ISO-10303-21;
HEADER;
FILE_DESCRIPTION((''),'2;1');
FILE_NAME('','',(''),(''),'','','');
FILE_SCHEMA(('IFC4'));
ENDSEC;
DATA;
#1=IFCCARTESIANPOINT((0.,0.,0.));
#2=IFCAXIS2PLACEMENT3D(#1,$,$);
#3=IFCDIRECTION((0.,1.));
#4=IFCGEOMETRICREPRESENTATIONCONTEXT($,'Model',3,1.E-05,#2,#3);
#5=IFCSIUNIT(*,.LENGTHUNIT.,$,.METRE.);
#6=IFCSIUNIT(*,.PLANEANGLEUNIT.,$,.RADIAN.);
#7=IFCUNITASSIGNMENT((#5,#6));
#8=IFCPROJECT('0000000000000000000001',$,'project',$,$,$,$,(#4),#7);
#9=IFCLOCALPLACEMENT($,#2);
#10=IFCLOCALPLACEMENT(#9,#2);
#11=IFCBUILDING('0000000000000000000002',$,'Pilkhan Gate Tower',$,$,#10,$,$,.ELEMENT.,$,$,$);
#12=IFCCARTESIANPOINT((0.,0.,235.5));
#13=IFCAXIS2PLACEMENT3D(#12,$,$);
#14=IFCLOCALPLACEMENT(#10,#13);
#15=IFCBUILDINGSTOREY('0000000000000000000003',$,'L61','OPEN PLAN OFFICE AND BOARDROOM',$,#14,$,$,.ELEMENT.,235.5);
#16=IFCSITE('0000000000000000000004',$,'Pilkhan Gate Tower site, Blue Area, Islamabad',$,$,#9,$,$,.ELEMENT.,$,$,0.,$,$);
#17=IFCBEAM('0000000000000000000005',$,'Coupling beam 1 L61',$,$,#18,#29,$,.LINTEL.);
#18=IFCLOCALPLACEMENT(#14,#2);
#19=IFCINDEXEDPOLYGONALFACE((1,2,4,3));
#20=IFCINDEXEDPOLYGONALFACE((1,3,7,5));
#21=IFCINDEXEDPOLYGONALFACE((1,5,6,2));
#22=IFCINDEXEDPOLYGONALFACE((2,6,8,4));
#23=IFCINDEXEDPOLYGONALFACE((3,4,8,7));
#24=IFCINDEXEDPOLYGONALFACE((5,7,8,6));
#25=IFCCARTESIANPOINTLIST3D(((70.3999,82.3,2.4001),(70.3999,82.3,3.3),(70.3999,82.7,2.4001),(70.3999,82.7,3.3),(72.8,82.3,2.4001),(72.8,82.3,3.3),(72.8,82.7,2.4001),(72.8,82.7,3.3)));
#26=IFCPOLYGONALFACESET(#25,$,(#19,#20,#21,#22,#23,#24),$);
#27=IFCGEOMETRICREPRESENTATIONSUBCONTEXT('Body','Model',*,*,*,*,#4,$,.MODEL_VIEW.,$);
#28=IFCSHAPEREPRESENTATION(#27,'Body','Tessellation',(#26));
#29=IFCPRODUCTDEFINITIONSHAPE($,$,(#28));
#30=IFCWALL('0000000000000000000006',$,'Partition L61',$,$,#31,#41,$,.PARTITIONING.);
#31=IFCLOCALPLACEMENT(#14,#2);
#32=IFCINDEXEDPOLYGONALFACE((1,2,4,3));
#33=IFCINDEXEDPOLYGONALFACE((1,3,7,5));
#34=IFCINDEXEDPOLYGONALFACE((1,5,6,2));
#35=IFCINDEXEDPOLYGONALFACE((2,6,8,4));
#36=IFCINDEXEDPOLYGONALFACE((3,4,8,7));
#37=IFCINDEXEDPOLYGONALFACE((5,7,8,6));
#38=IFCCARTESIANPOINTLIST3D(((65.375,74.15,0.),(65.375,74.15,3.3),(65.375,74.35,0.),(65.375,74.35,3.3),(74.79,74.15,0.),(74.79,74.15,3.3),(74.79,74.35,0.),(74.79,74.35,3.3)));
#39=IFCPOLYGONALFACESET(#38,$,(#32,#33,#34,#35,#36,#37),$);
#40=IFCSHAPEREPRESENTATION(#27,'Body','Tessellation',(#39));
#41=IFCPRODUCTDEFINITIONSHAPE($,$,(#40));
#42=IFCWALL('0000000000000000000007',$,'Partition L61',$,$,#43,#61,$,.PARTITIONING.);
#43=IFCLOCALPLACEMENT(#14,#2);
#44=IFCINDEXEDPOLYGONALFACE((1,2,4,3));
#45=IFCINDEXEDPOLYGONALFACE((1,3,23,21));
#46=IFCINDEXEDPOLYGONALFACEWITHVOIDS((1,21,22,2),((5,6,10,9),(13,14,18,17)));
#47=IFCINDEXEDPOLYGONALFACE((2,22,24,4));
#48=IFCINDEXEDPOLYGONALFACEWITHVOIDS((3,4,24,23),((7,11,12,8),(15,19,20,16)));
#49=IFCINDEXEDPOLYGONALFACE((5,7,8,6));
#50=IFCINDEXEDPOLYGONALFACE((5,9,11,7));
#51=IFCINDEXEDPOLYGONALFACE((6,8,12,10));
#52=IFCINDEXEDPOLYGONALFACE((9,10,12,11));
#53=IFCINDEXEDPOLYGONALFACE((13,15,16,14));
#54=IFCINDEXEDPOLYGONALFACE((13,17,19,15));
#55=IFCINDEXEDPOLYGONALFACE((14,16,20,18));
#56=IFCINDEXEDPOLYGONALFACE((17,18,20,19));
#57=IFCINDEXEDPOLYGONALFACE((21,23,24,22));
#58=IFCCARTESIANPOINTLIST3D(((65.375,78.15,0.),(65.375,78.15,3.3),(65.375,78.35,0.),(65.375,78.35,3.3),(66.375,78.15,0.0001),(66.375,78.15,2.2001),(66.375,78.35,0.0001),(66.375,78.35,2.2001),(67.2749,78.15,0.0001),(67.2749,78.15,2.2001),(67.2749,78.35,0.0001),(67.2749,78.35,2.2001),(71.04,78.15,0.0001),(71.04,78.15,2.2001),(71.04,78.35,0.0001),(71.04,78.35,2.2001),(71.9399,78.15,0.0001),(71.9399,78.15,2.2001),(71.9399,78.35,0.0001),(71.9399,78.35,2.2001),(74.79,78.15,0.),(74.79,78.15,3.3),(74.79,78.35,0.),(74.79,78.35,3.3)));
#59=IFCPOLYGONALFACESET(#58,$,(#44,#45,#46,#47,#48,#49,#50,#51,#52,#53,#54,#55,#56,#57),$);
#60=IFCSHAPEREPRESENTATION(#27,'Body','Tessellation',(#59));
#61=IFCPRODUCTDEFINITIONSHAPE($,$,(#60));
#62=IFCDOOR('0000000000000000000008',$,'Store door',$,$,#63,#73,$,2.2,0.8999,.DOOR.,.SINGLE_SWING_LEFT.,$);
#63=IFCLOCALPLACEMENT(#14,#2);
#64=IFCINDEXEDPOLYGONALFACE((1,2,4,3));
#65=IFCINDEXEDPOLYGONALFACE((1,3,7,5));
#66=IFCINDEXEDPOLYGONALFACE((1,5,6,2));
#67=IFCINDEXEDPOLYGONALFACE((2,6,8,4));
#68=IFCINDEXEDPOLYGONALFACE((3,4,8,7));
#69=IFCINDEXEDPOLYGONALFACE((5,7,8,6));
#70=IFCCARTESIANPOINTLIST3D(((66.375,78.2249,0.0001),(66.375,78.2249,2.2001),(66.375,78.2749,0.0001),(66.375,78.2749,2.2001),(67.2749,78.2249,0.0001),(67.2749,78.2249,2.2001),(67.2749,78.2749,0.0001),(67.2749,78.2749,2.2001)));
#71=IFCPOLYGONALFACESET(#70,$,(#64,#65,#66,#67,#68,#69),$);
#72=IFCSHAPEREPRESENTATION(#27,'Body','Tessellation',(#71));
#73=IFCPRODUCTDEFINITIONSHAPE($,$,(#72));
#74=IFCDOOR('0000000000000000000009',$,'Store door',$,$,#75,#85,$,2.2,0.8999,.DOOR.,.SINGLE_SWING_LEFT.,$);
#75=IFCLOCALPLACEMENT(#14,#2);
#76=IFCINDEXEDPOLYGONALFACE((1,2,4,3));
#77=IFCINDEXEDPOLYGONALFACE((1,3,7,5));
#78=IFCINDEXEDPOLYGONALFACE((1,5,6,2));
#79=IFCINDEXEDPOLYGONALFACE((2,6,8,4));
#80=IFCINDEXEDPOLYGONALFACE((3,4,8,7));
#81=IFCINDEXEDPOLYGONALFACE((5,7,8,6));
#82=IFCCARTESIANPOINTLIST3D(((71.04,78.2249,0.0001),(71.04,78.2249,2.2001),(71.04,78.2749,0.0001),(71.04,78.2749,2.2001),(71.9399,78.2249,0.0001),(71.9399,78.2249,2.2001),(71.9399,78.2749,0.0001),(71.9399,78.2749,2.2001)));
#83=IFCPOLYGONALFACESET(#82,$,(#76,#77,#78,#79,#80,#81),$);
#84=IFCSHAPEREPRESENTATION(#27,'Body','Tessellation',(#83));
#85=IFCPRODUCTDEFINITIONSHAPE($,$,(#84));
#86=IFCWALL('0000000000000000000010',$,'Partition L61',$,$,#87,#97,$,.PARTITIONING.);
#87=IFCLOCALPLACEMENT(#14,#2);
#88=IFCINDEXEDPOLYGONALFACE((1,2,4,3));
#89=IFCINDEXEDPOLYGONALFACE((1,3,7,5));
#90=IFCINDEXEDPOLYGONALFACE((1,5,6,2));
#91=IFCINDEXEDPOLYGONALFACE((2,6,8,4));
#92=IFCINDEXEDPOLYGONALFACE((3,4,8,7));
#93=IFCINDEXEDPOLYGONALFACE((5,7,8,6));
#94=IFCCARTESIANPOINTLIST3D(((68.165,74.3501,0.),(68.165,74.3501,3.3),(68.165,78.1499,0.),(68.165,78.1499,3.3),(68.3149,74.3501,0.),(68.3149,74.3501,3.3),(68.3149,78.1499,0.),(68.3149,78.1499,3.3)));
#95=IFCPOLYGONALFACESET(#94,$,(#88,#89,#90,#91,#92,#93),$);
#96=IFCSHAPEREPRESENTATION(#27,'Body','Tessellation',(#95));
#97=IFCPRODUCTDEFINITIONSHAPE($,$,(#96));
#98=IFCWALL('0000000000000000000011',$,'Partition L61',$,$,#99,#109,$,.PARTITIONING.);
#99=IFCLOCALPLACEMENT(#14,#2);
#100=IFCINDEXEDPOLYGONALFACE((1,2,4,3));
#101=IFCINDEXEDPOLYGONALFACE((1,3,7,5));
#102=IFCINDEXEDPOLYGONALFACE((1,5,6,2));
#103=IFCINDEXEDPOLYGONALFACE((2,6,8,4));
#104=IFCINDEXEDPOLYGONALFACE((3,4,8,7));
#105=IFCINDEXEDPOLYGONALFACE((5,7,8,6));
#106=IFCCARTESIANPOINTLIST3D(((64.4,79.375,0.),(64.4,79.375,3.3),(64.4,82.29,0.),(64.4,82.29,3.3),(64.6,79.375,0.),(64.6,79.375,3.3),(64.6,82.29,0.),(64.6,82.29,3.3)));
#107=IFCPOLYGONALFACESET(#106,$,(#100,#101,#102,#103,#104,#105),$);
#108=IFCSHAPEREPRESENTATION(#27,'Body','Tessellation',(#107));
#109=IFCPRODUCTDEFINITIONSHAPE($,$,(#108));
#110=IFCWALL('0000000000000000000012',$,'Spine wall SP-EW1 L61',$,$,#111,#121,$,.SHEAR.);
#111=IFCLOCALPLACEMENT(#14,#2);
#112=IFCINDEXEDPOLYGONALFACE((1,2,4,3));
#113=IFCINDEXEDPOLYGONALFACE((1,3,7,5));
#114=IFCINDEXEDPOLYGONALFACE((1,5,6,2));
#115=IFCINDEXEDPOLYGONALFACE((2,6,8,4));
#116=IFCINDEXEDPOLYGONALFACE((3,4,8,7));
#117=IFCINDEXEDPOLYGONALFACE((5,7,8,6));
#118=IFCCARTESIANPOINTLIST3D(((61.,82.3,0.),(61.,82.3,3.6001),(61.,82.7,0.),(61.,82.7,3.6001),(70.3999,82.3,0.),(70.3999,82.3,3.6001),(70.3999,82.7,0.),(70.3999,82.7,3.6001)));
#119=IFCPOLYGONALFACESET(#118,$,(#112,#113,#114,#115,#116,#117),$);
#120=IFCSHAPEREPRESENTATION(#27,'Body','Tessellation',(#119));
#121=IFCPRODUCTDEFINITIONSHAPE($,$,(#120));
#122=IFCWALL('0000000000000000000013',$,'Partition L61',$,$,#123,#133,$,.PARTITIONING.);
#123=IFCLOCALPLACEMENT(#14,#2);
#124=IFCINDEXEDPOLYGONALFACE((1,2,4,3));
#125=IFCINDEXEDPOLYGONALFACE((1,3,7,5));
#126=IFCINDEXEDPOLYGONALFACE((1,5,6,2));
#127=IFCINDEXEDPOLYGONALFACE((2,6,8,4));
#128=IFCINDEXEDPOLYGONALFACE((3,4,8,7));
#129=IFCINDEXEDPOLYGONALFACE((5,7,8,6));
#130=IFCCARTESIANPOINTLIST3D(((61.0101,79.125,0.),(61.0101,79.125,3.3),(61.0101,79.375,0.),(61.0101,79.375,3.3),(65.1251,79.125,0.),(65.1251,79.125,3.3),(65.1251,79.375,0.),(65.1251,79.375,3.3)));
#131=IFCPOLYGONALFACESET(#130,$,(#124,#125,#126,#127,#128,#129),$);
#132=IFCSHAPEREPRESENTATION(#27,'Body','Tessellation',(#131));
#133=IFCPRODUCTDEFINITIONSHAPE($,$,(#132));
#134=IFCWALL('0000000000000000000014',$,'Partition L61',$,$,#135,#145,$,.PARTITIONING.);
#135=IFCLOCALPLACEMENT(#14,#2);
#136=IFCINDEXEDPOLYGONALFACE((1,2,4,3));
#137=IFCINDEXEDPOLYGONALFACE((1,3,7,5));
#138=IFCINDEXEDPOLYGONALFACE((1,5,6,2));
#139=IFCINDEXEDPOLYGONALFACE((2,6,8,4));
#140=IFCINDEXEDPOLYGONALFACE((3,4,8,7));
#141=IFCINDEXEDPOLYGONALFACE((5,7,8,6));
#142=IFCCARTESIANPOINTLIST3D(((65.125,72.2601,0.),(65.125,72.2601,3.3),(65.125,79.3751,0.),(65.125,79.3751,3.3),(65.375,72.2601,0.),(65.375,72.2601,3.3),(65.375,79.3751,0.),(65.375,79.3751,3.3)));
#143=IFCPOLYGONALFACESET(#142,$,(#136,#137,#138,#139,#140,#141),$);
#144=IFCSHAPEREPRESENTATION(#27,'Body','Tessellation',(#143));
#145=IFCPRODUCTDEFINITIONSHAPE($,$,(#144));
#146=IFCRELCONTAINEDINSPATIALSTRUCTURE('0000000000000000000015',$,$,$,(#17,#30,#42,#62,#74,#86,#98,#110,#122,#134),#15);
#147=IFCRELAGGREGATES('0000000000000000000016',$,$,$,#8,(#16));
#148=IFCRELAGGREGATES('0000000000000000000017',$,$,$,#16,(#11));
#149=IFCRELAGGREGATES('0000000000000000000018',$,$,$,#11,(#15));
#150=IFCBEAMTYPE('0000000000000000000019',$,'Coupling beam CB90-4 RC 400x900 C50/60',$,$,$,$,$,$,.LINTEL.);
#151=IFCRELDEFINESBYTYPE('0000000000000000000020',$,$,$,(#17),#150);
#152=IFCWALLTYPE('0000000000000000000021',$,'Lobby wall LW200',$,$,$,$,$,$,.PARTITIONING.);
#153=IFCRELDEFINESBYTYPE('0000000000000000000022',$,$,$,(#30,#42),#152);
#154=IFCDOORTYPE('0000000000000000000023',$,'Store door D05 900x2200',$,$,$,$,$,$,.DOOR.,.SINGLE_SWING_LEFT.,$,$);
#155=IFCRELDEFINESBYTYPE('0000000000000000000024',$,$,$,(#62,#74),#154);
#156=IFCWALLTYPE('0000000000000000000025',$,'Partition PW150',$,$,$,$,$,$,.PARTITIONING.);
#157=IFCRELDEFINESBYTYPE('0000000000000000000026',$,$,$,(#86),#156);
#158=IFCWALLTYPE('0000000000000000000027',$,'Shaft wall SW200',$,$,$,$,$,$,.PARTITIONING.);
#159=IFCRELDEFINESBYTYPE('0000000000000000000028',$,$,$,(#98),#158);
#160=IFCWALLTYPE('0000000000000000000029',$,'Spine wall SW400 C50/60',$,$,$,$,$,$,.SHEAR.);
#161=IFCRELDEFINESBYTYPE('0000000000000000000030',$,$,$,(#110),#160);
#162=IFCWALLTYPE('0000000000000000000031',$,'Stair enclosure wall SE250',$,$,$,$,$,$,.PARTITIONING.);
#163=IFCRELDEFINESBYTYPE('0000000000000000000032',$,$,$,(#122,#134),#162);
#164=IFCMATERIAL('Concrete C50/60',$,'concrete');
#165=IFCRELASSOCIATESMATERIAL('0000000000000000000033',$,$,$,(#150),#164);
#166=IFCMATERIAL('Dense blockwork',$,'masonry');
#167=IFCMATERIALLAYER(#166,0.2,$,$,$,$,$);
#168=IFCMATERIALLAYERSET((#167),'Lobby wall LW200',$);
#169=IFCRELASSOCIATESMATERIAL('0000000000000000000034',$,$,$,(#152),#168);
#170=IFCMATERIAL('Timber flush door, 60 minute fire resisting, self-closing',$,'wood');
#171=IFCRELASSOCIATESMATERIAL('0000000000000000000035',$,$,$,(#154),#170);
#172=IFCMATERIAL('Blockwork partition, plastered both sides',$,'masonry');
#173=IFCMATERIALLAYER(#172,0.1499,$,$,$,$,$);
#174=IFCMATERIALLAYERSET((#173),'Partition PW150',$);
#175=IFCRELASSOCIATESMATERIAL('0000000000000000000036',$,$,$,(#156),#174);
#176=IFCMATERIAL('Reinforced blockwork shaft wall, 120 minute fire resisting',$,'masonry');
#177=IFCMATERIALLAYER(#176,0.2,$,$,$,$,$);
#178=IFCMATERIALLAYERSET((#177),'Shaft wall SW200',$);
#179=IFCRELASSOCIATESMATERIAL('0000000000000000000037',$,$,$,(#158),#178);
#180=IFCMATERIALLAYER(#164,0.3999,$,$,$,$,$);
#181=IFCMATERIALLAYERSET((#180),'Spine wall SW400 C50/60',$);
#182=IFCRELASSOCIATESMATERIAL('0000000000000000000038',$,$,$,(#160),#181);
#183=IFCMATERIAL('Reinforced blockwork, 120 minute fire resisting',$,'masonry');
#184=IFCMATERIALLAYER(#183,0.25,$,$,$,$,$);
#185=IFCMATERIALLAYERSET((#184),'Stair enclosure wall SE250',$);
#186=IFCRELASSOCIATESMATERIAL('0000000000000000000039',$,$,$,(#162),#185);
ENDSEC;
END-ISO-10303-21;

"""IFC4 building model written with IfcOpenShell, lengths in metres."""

from ifc_helpers import new_model, si_unit, direction, frame, frame_2d, origin, origin_2d, place, context, subcontext, project, spatial, rectangle, extrude, material, layer, layer_set, material_profile, profile_set, type_object, element, fill, save


model = new_model("IFC4")

# Units and contexts
model_context = context("Model", 3, precision=1e-05, world=origin(), true_north=direction((0.0, 1.0)))
body_context = subcontext(model_context, "Body", "Model", "MODEL_VIEW")
ifc_project = project(units=[si_unit("LENGTHUNIT", "METRE"), si_unit("PLANEANGLEUNIT", "RADIAN")], contexts=[model_context])

# Site, building, storey
site_placement = place(None, origin())
site = spatial("IfcSite", under=ifc_project, at=site_placement, Name="Pilkhan Gate Tower site, Blue Area, Islamabad", CompositionType="ELEMENT", RefElevation=0.0)
building_placement = place(site_placement, origin())
building = spatial("IfcBuilding", under=site, at=building_placement, Name="Pilkhan Gate Tower", CompositionType="ELEMENT")
storey_placement = place(building_placement, frame((0.0, 0.0, 235.5)))
storey = spatial("IfcBuildingStorey", under=building, at=storey_placement, Name="L61", Description="OPEN PLAN OFFICE AND BOARDROOM", CompositionType="ELEMENT", Elevation=235.5)

# Beam
ifc_material_1 = material(Name="Concrete C50/60", Category="concrete")
ifc_material_profile = material_profile(ifc_material_1, rectangle(XDim=0.3999, YDim=0.8999, at=origin_2d()), Name="RC 400x900")
ifc_profile_set = profile_set([ifc_material_profile], Name="Concrete C50/60")
beam_type = type_object("IfcBeamType", Name="Coupling beam CB90-4 RC 400x900 C50/60", PredefinedType="LINTEL", material=ifc_profile_set)
beam_placement = place(storey_placement, frame((70.3999, 82.5, 2.8501), z_axis=(1.0, 0.0, 0.0), x_axis=(0.0, 1.0, 0.0)))
element("IfcBeam", 1, at=beam_placement, inside=storey, type_object=beam_type, Name="Coupling beam 1 L61", PredefinedType="LINTEL", context=body_context, shape_type="SweptSolid", body=[
    extrude(rectangle(XDim=0.3999, YDim=0.8999, at=origin_2d()), origin(), (0.0, 0.0, 1.0), 2.4001),
])

# Wall
ifc_material_2 = material(Name="Dense blockwork", Category="masonry")
ifc_layer_1 = layer(ifc_material_2, 0.2)
ifc_layer_set_1 = layer_set([ifc_layer_1], Name="Lobby wall LW200")
wall_type_1 = type_object("IfcWallType", Name="Lobby wall LW200", PredefinedType="PARTITIONING", material=ifc_layer_set_1)
wall_1_placement = place(storey_placement, frame((65.375, 74.25, 0.0), z_axis=(0.0, 0.0, 1.0), x_axis=(1.0, 0.0, 0.0)))
element("IfcWall", 2, at=wall_1_placement, inside=storey, type_object=wall_type_1, Name="Partition L61", PredefinedType="PARTITIONING", context=body_context, shape_type="SweptSolid", body=[
    extrude(rectangle(XDim=9.415, YDim=0.2, at=frame_2d((4.7075, 0.0))), origin(), (0.0, 0.0, 1.0), 3.3),
])

# Wall, openings, doors
wall_2_placement = place(storey_placement, frame((65.375, 78.25, 0.0), z_axis=(0.0, 0.0, 1.0), x_axis=(1.0, 0.0, 0.0)))
wall_2 = element("IfcWall", 3, at=wall_2_placement, inside=storey, type_object=wall_type_1, Name="Partition L61", PredefinedType="PARTITIONING", context=body_context, shape_type="SweptSolid", body=[
    extrude(rectangle(XDim=9.415, YDim=0.2, at=frame_2d((4.7075, 0.0))), origin(), (0.0, 0.0, 1.0), 3.3),
])
opening_1_placement = place(wall_2_placement, frame((1.0, 0.0, 0.0)))
opening_1 = element("IfcOpeningElement", 4, at=opening_1_placement, cuts=wall_2, PredefinedType="OPENING", context=body_context, shape_type="SweptSolid", body=[
    extrude(rectangle(XDim=0.8999, YDim=2.2, at=frame_2d((0.45, 1.1001))), frame((0.0, 0.1099, 0.0), z_axis=(0.0, -1.0, 0.0), x_axis=(1.0, 0.0, 0.0)), (0.0, 0.0, 1.0), 0.22),
])
opening_2_placement = place(wall_2_placement, frame((5.665, 0.0, 0.0)))
opening_2 = element("IfcOpeningElement", 5, at=opening_2_placement, cuts=wall_2, PredefinedType="OPENING", context=body_context, shape_type="SweptSolid", body=[
    extrude(rectangle(XDim=0.8999, YDim=2.2, at=frame_2d((0.45, 1.1001))), frame((0.0, 0.1099, 0.0), z_axis=(0.0, -1.0, 0.0), x_axis=(1.0, 0.0, 0.0)), (0.0, 0.0, 1.0), 0.22),
])
ifc_material_3 = material(Name="Timber flush door, 60 minute fire resisting, self-closing", Category="wood")
door_type = type_object("IfcDoorType", Name="Store door D05 900x2200", OperationType="SINGLE_SWING_LEFT", PredefinedType="DOOR", material=ifc_material_3)
door_1_placement = place(opening_1_placement, origin())
door_1 = element("IfcDoor", 6, at=door_1_placement, inside=storey, type_object=door_type, Name="Store door", OperationType="SINGLE_SWING_LEFT", OverallHeight=2.2, OverallWidth=0.8999, PredefinedType="DOOR", context=body_context, shape_type="SweptSolid", body=[
    extrude(rectangle(XDim=0.8999, YDim=2.2, at=frame_2d((0.45, 1.1001))), frame((0.0, 0.0249, 0.0), z_axis=(0.0, -1.0, 0.0), x_axis=(1.0, 0.0, 0.0)), (0.0, 0.0, 1.0), 0.05),
])
fill(opening_1, door_1)
door_2_placement = place(opening_2_placement, origin())
door_2 = element("IfcDoor", 7, at=door_2_placement, inside=storey, type_object=door_type, Name="Store door", OperationType="SINGLE_SWING_LEFT", OverallHeight=2.2, OverallWidth=0.8999, PredefinedType="DOOR", context=body_context, shape_type="SweptSolid", body=[
    extrude(rectangle(XDim=0.8999, YDim=2.2, at=frame_2d((0.45, 1.1001))), frame((0.0, 0.0249, 0.0), z_axis=(0.0, -1.0, 0.0), x_axis=(1.0, 0.0, 0.0)), (0.0, 0.0, 1.0), 0.05),
])
fill(opening_2, door_2)

# Walls
ifc_material_4 = material(Name="Blockwork partition, plastered both sides", Category="masonry")
ifc_layer_2 = layer(ifc_material_4, 0.1499)
ifc_layer_set_2 = layer_set([ifc_layer_2], Name="Partition PW150")
wall_type_2 = type_object("IfcWallType", Name="Partition PW150", PredefinedType="PARTITIONING", material=ifc_layer_set_2)
wall_3_placement = place(storey_placement, frame((68.24, 74.3501, 0.0), z_axis=(0.0, 0.0, 1.0), x_axis=(0.0, 1.0, 0.0)))
element("IfcWall", 8, at=wall_3_placement, inside=storey, type_object=wall_type_2, Name="Partition L61", PredefinedType="PARTITIONING", context=body_context, shape_type="SweptSolid", body=[
    extrude(rectangle(XDim=3.7998, YDim=0.1499, at=frame_2d((1.8999, 0.0))), origin(), (0.0, 0.0, 1.0), 3.3),
])
ifc_material_5 = material(Name="Reinforced blockwork shaft wall, 120 minute fire resisting", Category="masonry")
ifc_layer_3 = layer(ifc_material_5, 0.2)
ifc_layer_set_3 = layer_set([ifc_layer_3], Name="Shaft wall SW200")
wall_type_3 = type_object("IfcWallType", Name="Shaft wall SW200", PredefinedType="PARTITIONING", material=ifc_layer_set_3)
wall_4_placement = place(storey_placement, frame((64.5, 79.375, 0.0), z_axis=(0.0, 0.0, 1.0), x_axis=(0.0, 1.0, 0.0)))
element("IfcWall", 9, at=wall_4_placement, inside=storey, type_object=wall_type_3, Name="Partition L61", PredefinedType="PARTITIONING", context=body_context, shape_type="SweptSolid", body=[
    extrude(rectangle(XDim=2.915, YDim=0.2, at=frame_2d((1.4575, 0.0))), origin(), (0.0, 0.0, 1.0), 3.3),
])
ifc_layer_4 = layer(ifc_material_1, 0.3999)
ifc_layer_set_4 = layer_set([ifc_layer_4], Name="Spine wall SW400 C50/60")
wall_type_4 = type_object("IfcWallType", Name="Spine wall SW400 C50/60", PredefinedType="SHEAR", material=ifc_layer_set_4)
wall_5_placement = place(storey_placement, frame((61.0, 82.5, 0.0), z_axis=(0.0, 0.0, 1.0), x_axis=(1.0, 0.0, 0.0)))
element("IfcWall", 10, at=wall_5_placement, inside=storey, type_object=wall_type_4, Name="Spine wall SP-EW1 L61", PredefinedType="SHEAR", context=body_context, shape_type="SweptSolid", body=[
    extrude(rectangle(XDim=9.3999, YDim=0.3999, at=frame_2d((4.7, 0.0))), origin(), (0.0, 0.0, 1.0), 3.6001),
])
ifc_material_6 = material(Name="Reinforced blockwork, 120 minute fire resisting", Category="masonry")
ifc_layer_5 = layer(ifc_material_6, 0.25)
ifc_layer_set_5 = layer_set([ifc_layer_5], Name="Stair enclosure wall SE250")
wall_type_5 = type_object("IfcWallType", Name="Stair enclosure wall SE250", PredefinedType="PARTITIONING", material=ifc_layer_set_5)
wall_6_placement = place(storey_placement, frame((61.01, 79.25, 0.0), z_axis=(0.0, 0.0, 1.0), x_axis=(1.0, 0.0, 0.0)))
element("IfcWall", 11, at=wall_6_placement, inside=storey, type_object=wall_type_5, Name="Partition L61", PredefinedType="PARTITIONING", context=body_context, shape_type="SweptSolid", body=[
    extrude(rectangle(XDim=4.115, YDim=0.25, at=frame_2d((2.0576, 0.0))), origin(), (0.0, 0.0, 1.0), 3.3),
])
wall_7_placement = place(storey_placement, frame((65.25, 72.26, 0.0), z_axis=(0.0, 0.0, 1.0), x_axis=(0.0, 1.0, 0.0)))
element("IfcWall", 12, at=wall_7_placement, inside=storey, type_object=wall_type_5, Name="Partition L61", PredefinedType="PARTITIONING", context=body_context, shape_type="SweptSolid", body=[
    extrude(rectangle(XDim=7.115, YDim=0.25, at=frame_2d((3.5576, 0.0))), origin(), (0.0, 0.0, 1.0), 3.3),
])

save(model, "model.ifc")
